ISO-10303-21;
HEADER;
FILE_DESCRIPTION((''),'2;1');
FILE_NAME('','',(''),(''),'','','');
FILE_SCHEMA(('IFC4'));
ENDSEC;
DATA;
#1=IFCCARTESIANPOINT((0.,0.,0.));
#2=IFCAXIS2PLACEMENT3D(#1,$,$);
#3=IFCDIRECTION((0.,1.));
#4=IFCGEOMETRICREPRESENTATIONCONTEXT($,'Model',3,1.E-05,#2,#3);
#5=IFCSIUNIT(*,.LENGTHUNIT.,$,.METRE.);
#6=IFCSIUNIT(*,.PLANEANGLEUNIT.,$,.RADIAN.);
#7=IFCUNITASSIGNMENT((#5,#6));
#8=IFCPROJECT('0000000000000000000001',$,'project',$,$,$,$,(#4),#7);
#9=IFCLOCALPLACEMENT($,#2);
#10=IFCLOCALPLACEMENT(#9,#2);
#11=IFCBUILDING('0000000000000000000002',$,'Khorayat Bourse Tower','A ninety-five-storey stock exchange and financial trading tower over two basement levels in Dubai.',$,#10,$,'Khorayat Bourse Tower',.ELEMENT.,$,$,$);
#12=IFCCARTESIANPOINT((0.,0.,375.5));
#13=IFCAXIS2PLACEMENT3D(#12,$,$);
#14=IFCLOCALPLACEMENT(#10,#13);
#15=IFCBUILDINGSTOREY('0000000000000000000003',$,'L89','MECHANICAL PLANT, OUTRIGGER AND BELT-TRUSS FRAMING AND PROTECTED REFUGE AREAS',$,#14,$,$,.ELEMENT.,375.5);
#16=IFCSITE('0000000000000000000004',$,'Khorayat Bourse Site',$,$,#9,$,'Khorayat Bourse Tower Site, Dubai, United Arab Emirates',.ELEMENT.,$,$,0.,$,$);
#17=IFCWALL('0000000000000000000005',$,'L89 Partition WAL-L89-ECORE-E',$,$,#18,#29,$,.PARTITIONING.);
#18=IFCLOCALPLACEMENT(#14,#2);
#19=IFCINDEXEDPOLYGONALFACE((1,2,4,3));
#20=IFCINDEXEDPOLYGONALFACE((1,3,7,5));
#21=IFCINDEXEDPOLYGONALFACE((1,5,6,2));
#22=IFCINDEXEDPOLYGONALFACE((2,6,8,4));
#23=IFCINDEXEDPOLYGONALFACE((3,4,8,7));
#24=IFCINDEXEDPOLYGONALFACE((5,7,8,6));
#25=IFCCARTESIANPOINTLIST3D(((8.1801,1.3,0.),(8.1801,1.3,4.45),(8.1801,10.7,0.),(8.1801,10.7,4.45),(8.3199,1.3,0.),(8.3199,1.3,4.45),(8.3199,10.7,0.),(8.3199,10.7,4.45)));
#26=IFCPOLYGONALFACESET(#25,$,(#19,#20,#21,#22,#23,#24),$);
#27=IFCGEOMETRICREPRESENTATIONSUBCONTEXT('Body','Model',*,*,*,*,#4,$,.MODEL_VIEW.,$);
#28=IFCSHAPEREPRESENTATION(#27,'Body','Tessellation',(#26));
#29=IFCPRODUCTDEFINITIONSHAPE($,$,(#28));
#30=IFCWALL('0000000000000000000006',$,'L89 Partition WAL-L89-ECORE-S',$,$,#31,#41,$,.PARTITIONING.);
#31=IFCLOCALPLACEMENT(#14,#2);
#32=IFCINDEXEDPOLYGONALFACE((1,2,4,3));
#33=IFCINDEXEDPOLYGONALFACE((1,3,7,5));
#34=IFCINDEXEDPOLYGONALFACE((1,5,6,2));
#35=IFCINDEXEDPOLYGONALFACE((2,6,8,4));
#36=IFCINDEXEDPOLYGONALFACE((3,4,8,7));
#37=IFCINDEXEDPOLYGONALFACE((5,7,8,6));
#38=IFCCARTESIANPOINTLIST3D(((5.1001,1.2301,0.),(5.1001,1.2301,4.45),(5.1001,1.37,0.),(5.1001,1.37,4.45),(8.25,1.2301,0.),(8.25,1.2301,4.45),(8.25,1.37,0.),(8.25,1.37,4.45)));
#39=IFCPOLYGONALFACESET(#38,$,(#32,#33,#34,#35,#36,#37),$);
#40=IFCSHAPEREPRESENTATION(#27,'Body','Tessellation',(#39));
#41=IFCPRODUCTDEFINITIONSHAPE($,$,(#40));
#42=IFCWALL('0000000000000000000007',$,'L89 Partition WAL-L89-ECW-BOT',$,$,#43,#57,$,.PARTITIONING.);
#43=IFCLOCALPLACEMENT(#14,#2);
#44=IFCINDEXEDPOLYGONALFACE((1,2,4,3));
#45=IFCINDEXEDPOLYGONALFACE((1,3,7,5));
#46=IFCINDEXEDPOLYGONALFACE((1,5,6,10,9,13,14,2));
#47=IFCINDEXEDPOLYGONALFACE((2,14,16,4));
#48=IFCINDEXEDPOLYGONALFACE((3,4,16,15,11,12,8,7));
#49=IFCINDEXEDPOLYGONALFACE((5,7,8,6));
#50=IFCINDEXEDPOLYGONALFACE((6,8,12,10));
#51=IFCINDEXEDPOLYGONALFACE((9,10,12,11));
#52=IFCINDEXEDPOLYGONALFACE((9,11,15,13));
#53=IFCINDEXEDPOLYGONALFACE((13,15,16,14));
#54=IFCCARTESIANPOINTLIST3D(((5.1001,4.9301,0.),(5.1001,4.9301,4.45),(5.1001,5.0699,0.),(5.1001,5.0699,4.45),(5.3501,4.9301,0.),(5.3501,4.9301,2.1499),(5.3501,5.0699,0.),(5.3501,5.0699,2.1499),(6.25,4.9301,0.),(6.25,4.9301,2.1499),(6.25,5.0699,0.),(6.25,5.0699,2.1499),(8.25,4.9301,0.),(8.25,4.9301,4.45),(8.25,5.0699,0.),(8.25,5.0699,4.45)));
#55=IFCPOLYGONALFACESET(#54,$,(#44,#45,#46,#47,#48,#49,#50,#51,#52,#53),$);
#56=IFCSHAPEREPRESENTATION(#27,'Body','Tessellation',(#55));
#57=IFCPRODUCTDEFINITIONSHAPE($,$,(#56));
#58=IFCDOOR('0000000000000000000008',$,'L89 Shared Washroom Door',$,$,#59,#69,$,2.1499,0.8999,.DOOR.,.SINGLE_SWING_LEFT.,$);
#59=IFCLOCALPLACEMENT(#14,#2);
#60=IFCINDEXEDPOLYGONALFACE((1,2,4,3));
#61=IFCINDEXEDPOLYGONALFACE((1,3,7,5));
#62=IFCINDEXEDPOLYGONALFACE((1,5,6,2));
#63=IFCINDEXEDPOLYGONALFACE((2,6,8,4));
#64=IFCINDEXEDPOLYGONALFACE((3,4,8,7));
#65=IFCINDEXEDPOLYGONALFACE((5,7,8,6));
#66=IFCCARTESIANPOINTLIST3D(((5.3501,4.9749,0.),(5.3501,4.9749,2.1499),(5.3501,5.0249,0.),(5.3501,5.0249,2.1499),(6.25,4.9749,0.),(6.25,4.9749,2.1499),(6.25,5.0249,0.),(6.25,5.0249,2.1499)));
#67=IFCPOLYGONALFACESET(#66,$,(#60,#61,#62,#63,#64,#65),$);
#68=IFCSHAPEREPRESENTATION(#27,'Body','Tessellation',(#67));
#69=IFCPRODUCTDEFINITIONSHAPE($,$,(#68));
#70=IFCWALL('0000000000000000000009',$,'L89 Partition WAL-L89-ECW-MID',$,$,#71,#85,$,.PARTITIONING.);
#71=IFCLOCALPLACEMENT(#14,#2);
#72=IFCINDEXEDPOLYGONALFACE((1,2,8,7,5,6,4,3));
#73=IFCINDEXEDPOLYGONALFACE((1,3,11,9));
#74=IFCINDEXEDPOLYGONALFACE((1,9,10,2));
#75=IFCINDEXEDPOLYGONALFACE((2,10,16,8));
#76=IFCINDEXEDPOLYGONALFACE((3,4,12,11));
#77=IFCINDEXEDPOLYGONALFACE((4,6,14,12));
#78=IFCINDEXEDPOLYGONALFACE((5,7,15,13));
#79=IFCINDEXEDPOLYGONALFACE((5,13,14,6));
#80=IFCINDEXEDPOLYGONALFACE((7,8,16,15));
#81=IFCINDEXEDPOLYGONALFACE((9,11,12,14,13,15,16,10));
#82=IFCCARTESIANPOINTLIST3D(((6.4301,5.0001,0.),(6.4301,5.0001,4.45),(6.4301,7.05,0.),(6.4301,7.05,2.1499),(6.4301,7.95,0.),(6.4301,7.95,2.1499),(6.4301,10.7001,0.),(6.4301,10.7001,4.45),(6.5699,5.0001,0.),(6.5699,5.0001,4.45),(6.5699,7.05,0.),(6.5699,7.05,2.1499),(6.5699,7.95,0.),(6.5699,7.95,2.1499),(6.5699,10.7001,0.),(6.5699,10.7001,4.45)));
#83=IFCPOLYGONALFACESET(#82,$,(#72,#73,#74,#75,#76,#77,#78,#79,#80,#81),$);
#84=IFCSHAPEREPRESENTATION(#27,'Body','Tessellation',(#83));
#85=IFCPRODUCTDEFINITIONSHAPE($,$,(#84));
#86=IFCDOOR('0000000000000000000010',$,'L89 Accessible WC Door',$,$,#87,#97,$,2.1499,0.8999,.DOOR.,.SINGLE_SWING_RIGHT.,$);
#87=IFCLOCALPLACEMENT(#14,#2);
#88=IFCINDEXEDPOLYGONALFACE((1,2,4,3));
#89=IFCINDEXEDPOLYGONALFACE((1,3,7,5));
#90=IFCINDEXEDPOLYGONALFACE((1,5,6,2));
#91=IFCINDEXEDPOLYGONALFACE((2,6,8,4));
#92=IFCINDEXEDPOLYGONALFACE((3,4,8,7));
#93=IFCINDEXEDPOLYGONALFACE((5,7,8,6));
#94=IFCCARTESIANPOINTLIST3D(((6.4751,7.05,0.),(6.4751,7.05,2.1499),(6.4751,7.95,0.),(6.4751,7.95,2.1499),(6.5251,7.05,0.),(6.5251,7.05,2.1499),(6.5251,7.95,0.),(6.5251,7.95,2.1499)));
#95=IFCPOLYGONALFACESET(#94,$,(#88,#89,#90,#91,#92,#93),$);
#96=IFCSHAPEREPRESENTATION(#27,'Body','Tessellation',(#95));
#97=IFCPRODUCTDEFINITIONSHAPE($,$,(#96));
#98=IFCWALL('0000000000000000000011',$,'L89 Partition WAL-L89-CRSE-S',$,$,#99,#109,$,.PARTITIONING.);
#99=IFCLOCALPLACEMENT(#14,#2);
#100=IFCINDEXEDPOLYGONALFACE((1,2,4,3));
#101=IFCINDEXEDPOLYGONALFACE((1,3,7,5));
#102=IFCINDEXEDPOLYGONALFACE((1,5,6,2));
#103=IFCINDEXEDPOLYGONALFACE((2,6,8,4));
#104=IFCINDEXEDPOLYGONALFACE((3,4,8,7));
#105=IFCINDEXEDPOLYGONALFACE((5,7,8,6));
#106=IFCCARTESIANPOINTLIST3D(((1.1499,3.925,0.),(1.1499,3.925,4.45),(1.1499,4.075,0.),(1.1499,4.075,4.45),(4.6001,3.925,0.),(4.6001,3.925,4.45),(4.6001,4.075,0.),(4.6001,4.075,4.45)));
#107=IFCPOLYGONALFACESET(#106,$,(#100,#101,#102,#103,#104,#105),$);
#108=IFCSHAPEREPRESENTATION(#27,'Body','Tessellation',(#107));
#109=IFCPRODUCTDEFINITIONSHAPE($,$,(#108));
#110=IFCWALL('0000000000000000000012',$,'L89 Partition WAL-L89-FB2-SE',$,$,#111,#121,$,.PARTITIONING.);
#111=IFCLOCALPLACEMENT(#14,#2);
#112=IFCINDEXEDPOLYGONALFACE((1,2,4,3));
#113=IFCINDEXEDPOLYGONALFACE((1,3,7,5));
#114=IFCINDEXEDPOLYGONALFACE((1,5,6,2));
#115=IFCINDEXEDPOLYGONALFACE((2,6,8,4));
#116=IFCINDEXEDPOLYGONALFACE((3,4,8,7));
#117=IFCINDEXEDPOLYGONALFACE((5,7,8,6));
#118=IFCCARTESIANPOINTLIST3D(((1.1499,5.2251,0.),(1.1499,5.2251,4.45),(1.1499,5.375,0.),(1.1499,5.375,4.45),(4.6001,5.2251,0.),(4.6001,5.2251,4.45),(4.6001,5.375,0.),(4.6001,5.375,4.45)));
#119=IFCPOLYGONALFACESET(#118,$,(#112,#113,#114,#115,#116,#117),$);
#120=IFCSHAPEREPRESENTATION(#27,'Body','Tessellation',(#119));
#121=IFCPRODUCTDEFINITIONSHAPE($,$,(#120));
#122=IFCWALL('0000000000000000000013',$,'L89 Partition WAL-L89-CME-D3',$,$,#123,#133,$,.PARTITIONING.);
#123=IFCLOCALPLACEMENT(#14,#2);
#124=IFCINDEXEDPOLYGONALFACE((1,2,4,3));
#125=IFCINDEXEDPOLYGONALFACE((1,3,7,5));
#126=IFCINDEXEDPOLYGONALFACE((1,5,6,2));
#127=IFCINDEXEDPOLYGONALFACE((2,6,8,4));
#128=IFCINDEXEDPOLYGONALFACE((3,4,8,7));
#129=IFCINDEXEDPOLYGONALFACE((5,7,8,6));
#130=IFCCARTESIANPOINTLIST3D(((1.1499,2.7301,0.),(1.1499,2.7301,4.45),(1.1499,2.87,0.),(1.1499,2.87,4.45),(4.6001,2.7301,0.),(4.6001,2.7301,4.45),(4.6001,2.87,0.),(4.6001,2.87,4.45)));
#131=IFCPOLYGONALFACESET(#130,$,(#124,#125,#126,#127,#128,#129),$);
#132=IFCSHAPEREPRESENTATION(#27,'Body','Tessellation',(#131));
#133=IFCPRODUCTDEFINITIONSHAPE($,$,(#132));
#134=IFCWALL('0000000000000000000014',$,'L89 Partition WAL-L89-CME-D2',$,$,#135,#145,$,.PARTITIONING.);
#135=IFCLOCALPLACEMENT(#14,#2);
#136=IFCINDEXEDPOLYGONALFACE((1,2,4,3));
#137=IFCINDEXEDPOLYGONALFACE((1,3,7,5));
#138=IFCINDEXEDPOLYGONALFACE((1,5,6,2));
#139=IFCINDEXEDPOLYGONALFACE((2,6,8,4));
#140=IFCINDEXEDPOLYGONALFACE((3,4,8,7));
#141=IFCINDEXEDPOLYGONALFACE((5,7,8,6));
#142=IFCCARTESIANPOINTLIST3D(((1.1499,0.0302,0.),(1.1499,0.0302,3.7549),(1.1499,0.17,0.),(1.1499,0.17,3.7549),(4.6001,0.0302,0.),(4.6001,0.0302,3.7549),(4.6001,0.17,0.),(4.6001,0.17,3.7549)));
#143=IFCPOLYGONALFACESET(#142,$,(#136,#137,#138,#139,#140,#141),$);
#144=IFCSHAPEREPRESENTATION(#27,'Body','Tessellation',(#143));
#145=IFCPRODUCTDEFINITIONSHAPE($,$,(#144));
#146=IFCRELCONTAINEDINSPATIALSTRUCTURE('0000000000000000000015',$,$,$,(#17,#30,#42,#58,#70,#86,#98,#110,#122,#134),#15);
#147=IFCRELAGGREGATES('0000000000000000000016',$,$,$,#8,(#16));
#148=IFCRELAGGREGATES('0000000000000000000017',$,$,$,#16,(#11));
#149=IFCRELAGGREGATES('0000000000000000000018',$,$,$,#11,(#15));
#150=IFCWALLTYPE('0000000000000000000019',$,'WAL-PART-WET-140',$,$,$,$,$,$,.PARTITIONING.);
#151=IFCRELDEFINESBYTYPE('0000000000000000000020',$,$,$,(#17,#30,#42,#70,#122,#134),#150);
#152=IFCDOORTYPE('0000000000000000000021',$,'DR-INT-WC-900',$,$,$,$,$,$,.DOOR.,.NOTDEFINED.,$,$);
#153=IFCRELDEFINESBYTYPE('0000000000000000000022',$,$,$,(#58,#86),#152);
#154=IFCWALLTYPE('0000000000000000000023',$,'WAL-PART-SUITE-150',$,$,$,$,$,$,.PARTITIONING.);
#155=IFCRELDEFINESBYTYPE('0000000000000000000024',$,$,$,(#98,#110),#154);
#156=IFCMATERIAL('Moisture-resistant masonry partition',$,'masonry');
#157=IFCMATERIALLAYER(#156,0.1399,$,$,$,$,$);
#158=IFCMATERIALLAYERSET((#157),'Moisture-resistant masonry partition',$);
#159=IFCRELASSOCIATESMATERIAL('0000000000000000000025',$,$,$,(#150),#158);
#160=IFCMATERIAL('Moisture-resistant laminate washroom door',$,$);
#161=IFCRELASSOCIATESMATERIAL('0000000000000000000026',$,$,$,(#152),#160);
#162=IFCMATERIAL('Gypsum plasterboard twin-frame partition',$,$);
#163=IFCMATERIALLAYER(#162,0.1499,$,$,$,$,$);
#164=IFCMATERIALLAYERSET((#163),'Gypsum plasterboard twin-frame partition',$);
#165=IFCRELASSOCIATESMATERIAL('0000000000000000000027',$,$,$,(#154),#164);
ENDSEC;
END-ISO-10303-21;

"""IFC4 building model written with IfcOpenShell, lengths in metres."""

from ifc_helpers import new_model, si_unit, direction, frame, frame_2d, origin, place, context, subcontext, project, spatial, rectangle, extrude, source, transform, mapped, material, layer, layer_set, type_object, element, fill, save


model = new_model("IFC4")

# Units and contexts
model_context = context("Model", 3, precision=1e-05, world=origin(), true_north=direction((0.0, 1.0)))
body_context = subcontext(model_context, "Body", "Model", "MODEL_VIEW")
ifc_project = project(units=[si_unit("LENGTHUNIT", "METRE"), si_unit("PLANEANGLEUNIT", "RADIAN")], contexts=[model_context])

# Site, building, storey
site_placement = place(None, origin())
site = spatial("IfcSite", under=ifc_project, at=site_placement, Name="Khorayat Bourse Site", LongName="Khorayat Bourse Tower Site, Dubai, United Arab Emirates", CompositionType="ELEMENT", RefElevation=0.0)
building_placement = place(site_placement, origin())
building = spatial("IfcBuilding", under=site, at=building_placement, Name="Khorayat Bourse Tower", Description="A ninety-five-storey stock exchange and financial trading tower over two basement levels in Dubai.", LongName="Khorayat Bourse Tower", CompositionType="ELEMENT")
storey_placement = place(building_placement, frame((0.0, 0.0, 375.5)))
storey = spatial("IfcBuildingStorey", under=building, at=storey_placement, Name="L89", Description="MECHANICAL PLANT, OUTRIGGER AND BELT-TRUSS FRAMING AND PROTECTED REFUGE AREAS", CompositionType="ELEMENT", Elevation=375.5)

# Walls
ifc_material_1 = material(Name="Moisture-resistant masonry partition", Category="masonry")
ifc_layer_1 = layer(ifc_material_1, 0.1399)
ifc_layer_set_1 = layer_set([ifc_layer_1], Name="Moisture-resistant masonry partition")
wall_type_1 = type_object("IfcWallType", Name="WAL-PART-WET-140", PredefinedType="PARTITIONING", material=ifc_layer_set_1)
shared_shape_1 = source(origin(), body_context, "Body", "SweptSolid", [
    extrude(rectangle(XDim=9.3999, YDim=0.1399, at=frame_2d((4.7, 0.0))), origin(), (0.0, 0.0, 1.0), 4.45),
])
wall_1_placement = place(storey_placement, frame((8.25, 1.3, 0.0), z_axis=(0.0, 0.0, 1.0), x_axis=(0.0, 1.0, 0.0)))
element("IfcWall", 1, at=wall_1_placement, inside=storey, type_object=wall_type_1, Name="L89 Partition WAL-L89-ECORE-E", PredefinedType="PARTITIONING", context=body_context, shape_type="MappedRepresentation", body=[
    mapped(shared_shape_1, transform((0.0, 0.0, 0.0), scale=1.0)),
])
shared_shape_2 = source(origin(), body_context, "Body", "SweptSolid", [
    extrude(rectangle(XDim=3.1499, YDim=0.1399, at=frame_2d((1.575, 0.0))), origin(), (0.0, 0.0, 1.0), 4.45),
])
wall_2_placement = place(storey_placement, frame((5.1001, 1.3, 0.0), z_axis=(0.0, 0.0, 1.0), x_axis=(1.0, 0.0, 0.0)))
element("IfcWall", 2, at=wall_2_placement, inside=storey, type_object=wall_type_1, Name="L89 Partition WAL-L89-ECORE-S", PredefinedType="PARTITIONING", context=body_context, shape_type="MappedRepresentation", body=[
    mapped(shared_shape_2, transform((0.0, 0.0, 0.0), scale=1.0)),
])

# Walls, openings, doors
wall_3_placement = place(storey_placement, frame((5.1001, 5.0, 0.0), z_axis=(0.0, 0.0, 1.0), x_axis=(1.0, 0.0, 0.0)))
wall_3 = element("IfcWall", 3, at=wall_3_placement, inside=storey, type_object=wall_type_1, Name="L89 Partition WAL-L89-ECW-BOT", PredefinedType="PARTITIONING", context=body_context, shape_type="MappedRepresentation", body=[
    mapped(shared_shape_2, transform((0.0, 0.0, 0.0), scale=1.0)),
])
shared_shape_3 = source(origin(), body_context, "Body", "SweptSolid", [
    extrude(rectangle(XDim=0.8999, YDim=2.1499, at=frame_2d((0.45, 1.075))), frame((0.0, 0.0798, 0.0), z_axis=(0.0, -1.0, 0.0), x_axis=(1.0, 0.0, 0.0)), (0.0, 0.0, 1.0), 0.1599),
])
opening_1_placement = place(wall_3_placement, frame((0.25, 0.0, 0.0)))
opening_1 = element("IfcOpeningElement", 4, at=opening_1_placement, cuts=wall_3, PredefinedType="OPENING", context=body_context, shape_type="MappedRepresentation", body=[
    mapped(shared_shape_3, transform((0.0, 0.0, 0.0), scale=1.0)),
])
ifc_material_2 = material(Name="Moisture-resistant laminate washroom door")
door_type = type_object("IfcDoorType", Name="DR-INT-WC-900", OperationType="NOTDEFINED", PredefinedType="DOOR", material=ifc_material_2)
shared_shape_4 = source(origin(), body_context, "Body", "SweptSolid", [
    extrude(rectangle(XDim=0.8999, YDim=2.1499, at=frame_2d((0.45, 1.075))), frame((0.0, 0.0249, 0.0), z_axis=(0.0, -1.0, 0.0), x_axis=(1.0, 0.0, 0.0)), (0.0, 0.0, 1.0), 0.05),
])
door_1_placement = place(opening_1_placement, origin())
door_1 = element("IfcDoor", 5, at=door_1_placement, inside=storey, type_object=door_type, Name="L89 Shared Washroom Door", OperationType="SINGLE_SWING_LEFT", OverallHeight=2.1499, OverallWidth=0.8999, PredefinedType="DOOR", context=body_context, shape_type="MappedRepresentation", body=[
    mapped(shared_shape_4, transform((0.0, 0.0, 0.0), scale=1.0)),
])
fill(opening_1, door_1)
shared_shape_5 = source(origin(), body_context, "Body", "SweptSolid", [
    extrude(rectangle(XDim=5.7, YDim=0.1399, at=frame_2d((2.8501, 0.0))), origin(), (0.0, 0.0, 1.0), 4.45),
])
wall_4_placement = place(storey_placement, frame((6.5, 5.0, 0.0), z_axis=(0.0, 0.0, 1.0), x_axis=(0.0, 1.0, 0.0)))
wall_4 = element("IfcWall", 6, at=wall_4_placement, inside=storey, type_object=wall_type_1, Name="L89 Partition WAL-L89-ECW-MID", PredefinedType="PARTITIONING", context=body_context, shape_type="MappedRepresentation", body=[
    mapped(shared_shape_5, transform((0.0, 0.0, 0.0), scale=1.0)),
])
opening_2_placement = place(wall_4_placement, frame((2.05, 0.0, 0.0)))
opening_2 = element("IfcOpeningElement", 7, at=opening_2_placement, cuts=wall_4, PredefinedType="OPENING", context=body_context, shape_type="MappedRepresentation", body=[
    mapped(shared_shape_3, transform((0.0, 0.0, 0.0), scale=1.0)),
])
door_2_placement = place(opening_2_placement, origin())
door_2 = element("IfcDoor", 8, at=door_2_placement, inside=storey, type_object=door_type, Name="L89 Accessible WC Door", OperationType="SINGLE_SWING_RIGHT", OverallHeight=2.1499, OverallWidth=0.8999, PredefinedType="DOOR", context=body_context, shape_type="MappedRepresentation", body=[
    mapped(shared_shape_4, transform((0.0, 0.0, 0.0), scale=1.0)),
])
fill(opening_2, door_2)

# Walls
ifc_material_3 = material(Name="Gypsum plasterboard twin-frame partition")
ifc_layer_2 = layer(ifc_material_3, 0.1499)
ifc_layer_set_2 = layer_set([ifc_layer_2], Name="Gypsum plasterboard twin-frame partition")
wall_type_2 = type_object("IfcWallType", Name="WAL-PART-SUITE-150", PredefinedType="PARTITIONING", material=ifc_layer_set_2)
shared_shape_6 = source(origin(), body_context, "Body", "SweptSolid", [
    extrude(rectangle(XDim=3.4502, YDim=0.1499, at=frame_2d((1.7251, 0.0))), origin(), (0.0, 0.0, 1.0), 4.45),
])
for number, where, z_axis, x_axis, name in (
    (9, (1.1499, 4.0, 0.0), (0.0, 0.0, 1.0), (1.0, 0.0, 0.0), "L89 Partition WAL-L89-CRSE-S"),
    (10, (1.1499, 5.3, 0.0), (0.0, 0.0, 1.0), (1.0, 0.0, 0.0), "L89 Partition WAL-L89-FB2-SE"),
):
    element("IfcWall", number, at=place(storey_placement, frame(where, z_axis=z_axis, x_axis=x_axis)), inside=storey, type_object=wall_type_2, Name=name, PredefinedType="PARTITIONING", context=body_context, shape_type="MappedRepresentation", body=[
        mapped(shared_shape_6, transform((0.0, 0.0, 0.0), scale=1.0)),
    ])
shared_shape_7 = source(origin(), body_context, "Body", "SweptSolid", [
    extrude(rectangle(XDim=3.4502, YDim=0.1399, at=frame_2d((1.7251, 0.0))), origin(), (0.0, 0.0, 1.0), 4.45),
])
wall_5_placement = place(storey_placement, frame((1.1499, 2.8, 0.0), z_axis=(0.0, 0.0, 1.0), x_axis=(1.0, 0.0, 0.0)))
element("IfcWall", 11, at=wall_5_placement, inside=storey, type_object=wall_type_1, Name="L89 Partition WAL-L89-CME-D3", PredefinedType="PARTITIONING", context=body_context, shape_type="MappedRepresentation", body=[
    mapped(shared_shape_7, transform((0.0, 0.0, 0.0), scale=1.0)),
])

# Wall
shared_shape_8 = source(origin(), body_context, "Body", "SweptSolid", [
    extrude(rectangle(XDim=3.4502, YDim=0.1399, at=frame_2d((1.7251, 0.0))), origin(), (0.0, 0.0, 1.0), 3.7549),
])
wall_6_placement = place(storey_placement, frame((1.1499, 0.1001, 0.0), z_axis=(0.0, 0.0, 1.0), x_axis=(1.0, 0.0, 0.0)))
element("IfcWall", 12, at=wall_6_placement, inside=storey, type_object=wall_type_1, Name="L89 Partition WAL-L89-CME-D2", PredefinedType="PARTITIONING", context=body_context, shape_type="MappedRepresentation", body=[
    mapped(shared_shape_8, transform((0.0, 0.0, 0.0), scale=1.0)),
])

save(model, "model.ifc")
